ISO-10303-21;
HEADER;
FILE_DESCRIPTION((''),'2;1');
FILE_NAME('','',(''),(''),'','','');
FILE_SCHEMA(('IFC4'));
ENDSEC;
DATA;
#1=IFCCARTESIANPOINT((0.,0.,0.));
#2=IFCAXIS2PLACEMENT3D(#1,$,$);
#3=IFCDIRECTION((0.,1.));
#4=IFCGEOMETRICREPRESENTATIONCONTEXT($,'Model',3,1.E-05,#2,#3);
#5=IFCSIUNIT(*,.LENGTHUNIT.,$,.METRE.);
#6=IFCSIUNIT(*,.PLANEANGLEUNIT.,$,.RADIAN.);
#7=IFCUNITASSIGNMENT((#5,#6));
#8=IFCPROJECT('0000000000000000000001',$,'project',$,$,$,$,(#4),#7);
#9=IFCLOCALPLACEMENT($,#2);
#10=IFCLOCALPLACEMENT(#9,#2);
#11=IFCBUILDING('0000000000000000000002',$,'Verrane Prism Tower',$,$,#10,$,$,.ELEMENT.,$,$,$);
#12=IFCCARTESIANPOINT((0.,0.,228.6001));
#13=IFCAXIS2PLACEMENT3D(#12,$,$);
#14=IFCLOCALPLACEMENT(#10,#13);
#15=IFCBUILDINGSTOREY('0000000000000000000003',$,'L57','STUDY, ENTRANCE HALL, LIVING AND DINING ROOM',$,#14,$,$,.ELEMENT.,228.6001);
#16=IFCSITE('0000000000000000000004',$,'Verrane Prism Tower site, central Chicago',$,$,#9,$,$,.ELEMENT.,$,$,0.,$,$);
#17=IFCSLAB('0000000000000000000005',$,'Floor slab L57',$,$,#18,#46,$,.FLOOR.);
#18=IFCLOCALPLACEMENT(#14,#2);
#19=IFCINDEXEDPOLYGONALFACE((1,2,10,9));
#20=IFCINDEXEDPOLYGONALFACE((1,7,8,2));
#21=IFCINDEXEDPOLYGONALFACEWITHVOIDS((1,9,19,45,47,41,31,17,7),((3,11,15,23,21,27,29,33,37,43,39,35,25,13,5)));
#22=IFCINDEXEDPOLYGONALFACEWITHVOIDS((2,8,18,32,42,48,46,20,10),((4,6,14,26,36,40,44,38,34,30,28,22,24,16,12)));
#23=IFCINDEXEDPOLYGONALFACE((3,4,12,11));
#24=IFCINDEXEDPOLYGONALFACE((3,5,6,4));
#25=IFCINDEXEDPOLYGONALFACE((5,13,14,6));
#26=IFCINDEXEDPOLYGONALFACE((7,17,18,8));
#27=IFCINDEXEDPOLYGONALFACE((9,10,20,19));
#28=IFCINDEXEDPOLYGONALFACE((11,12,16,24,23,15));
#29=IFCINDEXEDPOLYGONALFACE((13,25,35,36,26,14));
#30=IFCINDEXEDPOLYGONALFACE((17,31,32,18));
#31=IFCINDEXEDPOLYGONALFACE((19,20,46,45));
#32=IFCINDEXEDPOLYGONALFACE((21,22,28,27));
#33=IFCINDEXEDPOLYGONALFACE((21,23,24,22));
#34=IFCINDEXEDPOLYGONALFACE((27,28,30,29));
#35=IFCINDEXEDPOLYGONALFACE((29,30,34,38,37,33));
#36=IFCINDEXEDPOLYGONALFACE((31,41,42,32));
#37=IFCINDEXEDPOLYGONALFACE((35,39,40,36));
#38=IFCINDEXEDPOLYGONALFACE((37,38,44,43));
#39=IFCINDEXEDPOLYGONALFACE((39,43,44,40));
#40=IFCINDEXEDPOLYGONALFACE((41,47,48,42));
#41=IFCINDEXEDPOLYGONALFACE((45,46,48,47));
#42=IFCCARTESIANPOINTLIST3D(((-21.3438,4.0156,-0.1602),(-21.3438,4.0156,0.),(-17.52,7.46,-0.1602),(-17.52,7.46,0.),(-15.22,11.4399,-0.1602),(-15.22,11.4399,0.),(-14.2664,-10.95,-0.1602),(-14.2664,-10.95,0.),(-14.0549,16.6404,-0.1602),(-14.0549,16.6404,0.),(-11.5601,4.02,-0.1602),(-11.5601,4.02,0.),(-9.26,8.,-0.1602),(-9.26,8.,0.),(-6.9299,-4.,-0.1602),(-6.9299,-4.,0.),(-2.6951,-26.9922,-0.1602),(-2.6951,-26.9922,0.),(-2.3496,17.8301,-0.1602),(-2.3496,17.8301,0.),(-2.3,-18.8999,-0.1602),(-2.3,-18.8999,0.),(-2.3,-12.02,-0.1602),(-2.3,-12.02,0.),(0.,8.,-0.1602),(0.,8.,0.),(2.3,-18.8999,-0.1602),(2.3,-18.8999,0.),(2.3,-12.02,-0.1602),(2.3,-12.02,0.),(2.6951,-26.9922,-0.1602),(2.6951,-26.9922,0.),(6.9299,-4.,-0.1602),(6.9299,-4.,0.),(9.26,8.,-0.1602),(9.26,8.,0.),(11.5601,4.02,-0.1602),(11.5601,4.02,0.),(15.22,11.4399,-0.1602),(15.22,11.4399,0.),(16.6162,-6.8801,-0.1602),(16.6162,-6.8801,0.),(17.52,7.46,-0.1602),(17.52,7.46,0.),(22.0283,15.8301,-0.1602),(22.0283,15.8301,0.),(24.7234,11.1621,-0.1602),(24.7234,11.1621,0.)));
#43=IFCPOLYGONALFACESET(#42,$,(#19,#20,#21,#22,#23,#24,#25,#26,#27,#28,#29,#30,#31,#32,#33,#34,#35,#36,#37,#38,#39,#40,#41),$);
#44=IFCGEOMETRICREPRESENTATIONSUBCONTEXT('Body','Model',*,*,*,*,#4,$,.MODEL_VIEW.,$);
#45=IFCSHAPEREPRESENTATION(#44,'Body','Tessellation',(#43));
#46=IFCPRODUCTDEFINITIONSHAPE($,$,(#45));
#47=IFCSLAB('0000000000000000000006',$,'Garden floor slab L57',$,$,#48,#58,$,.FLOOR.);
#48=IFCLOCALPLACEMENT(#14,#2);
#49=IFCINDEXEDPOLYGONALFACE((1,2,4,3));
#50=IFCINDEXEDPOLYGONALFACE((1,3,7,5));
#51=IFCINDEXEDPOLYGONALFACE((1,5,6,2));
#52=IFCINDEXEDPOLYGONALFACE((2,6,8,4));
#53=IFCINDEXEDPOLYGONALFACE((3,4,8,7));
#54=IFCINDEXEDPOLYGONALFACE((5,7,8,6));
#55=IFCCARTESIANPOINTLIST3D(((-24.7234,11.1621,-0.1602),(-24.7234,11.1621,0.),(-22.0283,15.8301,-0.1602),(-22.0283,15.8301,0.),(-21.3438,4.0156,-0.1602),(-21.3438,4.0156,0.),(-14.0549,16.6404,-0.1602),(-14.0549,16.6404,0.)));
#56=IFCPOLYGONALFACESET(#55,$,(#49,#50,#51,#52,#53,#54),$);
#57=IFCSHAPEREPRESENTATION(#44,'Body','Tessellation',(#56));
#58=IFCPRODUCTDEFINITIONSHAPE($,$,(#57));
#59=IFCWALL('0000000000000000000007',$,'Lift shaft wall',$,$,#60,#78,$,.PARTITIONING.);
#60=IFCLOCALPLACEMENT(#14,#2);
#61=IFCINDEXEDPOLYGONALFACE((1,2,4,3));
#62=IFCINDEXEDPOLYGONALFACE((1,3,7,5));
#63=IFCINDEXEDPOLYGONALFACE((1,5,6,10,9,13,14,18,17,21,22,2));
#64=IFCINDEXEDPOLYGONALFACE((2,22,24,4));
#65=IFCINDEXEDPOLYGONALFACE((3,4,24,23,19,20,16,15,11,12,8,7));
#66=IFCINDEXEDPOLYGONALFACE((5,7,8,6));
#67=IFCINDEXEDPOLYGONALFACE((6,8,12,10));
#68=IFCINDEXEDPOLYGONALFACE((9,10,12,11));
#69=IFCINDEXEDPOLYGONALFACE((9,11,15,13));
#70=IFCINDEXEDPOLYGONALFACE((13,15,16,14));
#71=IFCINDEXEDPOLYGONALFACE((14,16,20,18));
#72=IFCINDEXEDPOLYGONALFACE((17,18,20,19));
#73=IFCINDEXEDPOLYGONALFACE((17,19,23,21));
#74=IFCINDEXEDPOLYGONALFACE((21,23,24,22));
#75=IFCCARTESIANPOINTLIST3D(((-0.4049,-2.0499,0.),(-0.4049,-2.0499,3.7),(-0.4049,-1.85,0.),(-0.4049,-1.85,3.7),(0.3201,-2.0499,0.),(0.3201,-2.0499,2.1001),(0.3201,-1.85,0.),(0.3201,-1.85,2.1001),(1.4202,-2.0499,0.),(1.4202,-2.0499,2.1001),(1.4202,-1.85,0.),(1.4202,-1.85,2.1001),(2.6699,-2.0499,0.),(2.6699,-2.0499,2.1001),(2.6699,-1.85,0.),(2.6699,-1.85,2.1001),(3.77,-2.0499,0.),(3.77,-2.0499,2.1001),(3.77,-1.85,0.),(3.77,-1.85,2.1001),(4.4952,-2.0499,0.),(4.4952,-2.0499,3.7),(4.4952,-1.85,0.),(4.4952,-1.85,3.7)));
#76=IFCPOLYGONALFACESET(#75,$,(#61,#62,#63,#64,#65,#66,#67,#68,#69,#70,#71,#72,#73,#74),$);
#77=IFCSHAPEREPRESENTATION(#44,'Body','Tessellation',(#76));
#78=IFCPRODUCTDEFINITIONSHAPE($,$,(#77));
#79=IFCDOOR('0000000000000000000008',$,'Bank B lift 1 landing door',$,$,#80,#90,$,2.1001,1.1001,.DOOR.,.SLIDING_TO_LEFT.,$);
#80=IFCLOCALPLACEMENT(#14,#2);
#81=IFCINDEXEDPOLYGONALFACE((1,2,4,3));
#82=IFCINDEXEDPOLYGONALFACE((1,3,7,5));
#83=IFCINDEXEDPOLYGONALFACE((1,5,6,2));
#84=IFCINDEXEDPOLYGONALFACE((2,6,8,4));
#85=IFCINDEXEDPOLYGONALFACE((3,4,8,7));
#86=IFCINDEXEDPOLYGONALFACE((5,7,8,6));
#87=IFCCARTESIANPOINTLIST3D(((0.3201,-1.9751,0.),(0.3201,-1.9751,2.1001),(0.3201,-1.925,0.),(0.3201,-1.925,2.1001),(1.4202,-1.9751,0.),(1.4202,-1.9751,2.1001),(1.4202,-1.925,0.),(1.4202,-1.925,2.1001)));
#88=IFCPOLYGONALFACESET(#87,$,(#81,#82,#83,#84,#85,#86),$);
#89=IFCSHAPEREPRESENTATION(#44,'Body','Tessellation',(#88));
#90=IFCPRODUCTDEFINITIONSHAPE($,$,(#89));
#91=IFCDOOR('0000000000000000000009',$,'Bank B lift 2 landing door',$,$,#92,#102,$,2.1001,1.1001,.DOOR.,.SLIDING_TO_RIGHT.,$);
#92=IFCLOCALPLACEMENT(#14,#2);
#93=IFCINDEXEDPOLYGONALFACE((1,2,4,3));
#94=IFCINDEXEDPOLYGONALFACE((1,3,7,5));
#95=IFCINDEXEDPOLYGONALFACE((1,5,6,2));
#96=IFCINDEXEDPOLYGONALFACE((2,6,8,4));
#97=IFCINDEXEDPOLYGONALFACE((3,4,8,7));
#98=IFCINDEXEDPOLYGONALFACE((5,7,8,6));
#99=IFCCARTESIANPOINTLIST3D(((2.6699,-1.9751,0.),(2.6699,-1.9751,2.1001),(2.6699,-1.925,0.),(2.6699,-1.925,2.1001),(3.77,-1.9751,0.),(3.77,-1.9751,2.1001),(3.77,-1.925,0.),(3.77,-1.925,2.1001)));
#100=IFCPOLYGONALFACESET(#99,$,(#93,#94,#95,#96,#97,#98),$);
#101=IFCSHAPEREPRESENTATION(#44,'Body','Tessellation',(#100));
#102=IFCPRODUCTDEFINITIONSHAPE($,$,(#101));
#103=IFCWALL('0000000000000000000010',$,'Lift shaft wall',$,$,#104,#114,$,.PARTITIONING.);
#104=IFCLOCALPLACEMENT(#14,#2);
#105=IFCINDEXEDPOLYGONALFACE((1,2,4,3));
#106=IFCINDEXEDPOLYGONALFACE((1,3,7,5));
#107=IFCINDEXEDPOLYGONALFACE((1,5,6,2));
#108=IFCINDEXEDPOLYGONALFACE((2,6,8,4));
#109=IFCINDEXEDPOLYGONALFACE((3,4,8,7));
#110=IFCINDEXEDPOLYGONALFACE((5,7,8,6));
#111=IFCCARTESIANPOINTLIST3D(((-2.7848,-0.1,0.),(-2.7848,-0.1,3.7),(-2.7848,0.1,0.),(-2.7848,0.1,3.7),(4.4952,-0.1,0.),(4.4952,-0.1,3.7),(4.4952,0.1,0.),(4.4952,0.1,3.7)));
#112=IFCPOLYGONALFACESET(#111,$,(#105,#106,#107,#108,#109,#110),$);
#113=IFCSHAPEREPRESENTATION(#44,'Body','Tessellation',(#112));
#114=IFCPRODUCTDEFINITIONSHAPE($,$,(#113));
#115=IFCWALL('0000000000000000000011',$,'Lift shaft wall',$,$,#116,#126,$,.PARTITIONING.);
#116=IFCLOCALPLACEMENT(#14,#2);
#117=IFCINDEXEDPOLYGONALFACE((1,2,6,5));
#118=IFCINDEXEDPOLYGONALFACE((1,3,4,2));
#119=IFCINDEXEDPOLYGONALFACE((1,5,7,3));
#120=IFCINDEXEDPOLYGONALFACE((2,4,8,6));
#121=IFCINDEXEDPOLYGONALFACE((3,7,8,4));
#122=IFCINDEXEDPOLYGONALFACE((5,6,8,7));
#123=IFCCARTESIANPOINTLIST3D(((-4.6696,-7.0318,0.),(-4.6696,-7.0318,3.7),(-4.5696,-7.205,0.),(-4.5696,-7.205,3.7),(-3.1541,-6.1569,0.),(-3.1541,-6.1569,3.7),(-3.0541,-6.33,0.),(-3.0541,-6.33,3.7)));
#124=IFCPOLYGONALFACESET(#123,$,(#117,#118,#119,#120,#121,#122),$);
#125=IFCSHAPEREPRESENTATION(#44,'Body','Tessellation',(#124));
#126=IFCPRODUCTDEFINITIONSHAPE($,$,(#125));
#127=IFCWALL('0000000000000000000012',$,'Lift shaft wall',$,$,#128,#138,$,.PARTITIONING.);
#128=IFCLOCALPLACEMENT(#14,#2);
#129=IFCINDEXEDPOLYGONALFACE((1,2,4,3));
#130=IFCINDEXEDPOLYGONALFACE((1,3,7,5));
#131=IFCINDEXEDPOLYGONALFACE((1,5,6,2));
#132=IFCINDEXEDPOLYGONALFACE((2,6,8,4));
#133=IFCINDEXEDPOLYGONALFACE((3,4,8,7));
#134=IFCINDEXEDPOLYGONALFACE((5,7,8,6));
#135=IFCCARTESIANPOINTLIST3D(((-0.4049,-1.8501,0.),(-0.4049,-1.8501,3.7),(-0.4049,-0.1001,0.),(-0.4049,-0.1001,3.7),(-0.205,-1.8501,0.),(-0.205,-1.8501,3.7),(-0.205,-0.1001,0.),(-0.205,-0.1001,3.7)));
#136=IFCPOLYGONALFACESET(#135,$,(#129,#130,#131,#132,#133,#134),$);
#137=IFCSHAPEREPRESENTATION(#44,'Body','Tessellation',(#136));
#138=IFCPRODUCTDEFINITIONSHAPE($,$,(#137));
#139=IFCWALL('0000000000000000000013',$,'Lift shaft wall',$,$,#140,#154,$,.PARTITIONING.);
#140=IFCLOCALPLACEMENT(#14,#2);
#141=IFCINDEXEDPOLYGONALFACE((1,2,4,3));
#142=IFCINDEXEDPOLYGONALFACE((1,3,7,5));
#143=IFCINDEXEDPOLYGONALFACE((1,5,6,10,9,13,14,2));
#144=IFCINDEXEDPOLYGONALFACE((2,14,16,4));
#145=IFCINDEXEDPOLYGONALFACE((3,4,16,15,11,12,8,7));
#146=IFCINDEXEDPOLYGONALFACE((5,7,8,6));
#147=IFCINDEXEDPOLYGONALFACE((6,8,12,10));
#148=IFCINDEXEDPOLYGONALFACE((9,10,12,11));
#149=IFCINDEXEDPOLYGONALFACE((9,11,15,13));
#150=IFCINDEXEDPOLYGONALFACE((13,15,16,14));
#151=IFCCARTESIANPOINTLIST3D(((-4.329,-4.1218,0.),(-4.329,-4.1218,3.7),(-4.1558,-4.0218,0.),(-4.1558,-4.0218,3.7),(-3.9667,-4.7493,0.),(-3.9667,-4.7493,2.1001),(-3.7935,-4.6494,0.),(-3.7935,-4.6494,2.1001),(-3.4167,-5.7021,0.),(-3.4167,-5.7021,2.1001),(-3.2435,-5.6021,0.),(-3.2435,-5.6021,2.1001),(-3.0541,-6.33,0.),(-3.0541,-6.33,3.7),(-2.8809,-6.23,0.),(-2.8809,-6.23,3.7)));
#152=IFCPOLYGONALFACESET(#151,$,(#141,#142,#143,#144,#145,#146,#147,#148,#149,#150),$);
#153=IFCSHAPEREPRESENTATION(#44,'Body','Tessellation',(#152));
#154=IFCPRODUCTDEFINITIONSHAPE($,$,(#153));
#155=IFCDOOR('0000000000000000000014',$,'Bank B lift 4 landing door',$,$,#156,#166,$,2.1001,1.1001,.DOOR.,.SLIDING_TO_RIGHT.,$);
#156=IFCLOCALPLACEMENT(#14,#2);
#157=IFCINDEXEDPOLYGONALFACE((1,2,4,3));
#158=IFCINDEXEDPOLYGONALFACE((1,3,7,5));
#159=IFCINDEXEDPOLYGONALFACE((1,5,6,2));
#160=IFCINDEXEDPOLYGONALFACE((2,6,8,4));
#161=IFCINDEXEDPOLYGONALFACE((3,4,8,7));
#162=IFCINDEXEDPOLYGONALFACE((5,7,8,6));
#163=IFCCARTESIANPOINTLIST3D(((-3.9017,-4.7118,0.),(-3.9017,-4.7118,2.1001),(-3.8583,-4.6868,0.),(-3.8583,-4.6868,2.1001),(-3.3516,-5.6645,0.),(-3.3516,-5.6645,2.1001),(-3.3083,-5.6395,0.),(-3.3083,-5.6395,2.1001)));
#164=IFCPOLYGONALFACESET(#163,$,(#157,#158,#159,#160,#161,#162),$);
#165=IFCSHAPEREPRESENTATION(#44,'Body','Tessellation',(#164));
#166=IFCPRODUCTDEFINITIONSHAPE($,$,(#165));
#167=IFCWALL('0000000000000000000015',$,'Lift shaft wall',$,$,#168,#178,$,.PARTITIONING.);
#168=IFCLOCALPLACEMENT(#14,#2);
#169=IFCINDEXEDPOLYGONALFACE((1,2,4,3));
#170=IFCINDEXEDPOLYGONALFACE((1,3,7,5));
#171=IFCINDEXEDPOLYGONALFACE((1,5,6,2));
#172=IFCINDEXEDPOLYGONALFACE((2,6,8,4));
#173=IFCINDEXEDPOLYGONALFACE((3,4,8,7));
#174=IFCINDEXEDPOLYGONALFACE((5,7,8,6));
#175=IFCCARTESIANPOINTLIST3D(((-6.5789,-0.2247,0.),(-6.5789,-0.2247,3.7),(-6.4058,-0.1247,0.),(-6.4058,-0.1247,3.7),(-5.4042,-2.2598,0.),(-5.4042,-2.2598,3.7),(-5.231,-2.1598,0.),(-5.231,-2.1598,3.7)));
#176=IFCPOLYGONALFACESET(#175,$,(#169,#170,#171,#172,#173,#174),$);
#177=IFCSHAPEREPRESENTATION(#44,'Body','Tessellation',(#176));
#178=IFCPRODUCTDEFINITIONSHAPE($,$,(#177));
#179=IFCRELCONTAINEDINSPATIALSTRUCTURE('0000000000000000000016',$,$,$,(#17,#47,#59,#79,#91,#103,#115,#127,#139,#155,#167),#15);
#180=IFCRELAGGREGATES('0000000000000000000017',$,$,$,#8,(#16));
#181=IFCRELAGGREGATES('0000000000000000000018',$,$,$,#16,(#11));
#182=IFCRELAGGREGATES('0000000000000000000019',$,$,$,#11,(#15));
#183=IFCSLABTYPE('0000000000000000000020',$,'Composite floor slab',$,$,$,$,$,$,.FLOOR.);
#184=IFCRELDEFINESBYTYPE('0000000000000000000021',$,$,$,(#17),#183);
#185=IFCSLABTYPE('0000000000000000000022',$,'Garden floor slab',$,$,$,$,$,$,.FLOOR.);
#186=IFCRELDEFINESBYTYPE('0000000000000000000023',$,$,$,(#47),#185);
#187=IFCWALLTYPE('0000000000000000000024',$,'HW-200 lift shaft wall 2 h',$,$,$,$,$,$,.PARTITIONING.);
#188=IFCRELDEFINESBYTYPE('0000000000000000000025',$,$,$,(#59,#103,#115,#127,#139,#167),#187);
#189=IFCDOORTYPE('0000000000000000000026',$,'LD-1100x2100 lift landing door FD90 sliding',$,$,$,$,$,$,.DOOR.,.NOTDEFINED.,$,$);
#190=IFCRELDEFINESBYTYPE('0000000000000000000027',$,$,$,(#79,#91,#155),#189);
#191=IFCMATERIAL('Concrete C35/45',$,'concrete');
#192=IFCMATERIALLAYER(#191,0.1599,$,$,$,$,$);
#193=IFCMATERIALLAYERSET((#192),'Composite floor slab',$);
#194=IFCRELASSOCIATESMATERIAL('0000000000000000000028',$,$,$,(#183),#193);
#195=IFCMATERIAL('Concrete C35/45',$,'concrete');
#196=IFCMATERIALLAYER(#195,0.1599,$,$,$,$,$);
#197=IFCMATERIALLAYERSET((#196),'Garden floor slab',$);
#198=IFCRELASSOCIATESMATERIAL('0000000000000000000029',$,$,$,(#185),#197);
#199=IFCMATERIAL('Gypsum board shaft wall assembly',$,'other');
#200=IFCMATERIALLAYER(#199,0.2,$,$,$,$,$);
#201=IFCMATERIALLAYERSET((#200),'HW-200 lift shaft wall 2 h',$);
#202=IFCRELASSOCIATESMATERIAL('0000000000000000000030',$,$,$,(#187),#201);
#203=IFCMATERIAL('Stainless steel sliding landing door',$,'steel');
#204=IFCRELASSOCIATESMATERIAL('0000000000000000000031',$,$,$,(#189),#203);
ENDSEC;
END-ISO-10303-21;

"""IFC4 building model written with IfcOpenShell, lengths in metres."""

from ifc_helpers import new_model, si_unit, direction, frame, frame_2d, origin, place, context, subcontext, project, spatial, polyline, rectangle, outline, extrude, material, layer, layer_set, type_object, element, fill, save


model = new_model("IFC4")

# Units and contexts
model_context = context("Model", 3, precision=1e-05, world=origin(), true_north=direction((0.0, 1.0)))
body_context = subcontext(model_context, "Body", "Model", "MODEL_VIEW")
ifc_project = project(units=[si_unit("LENGTHUNIT", "METRE"), si_unit("PLANEANGLEUNIT", "RADIAN")], contexts=[model_context])

# Site, building, storey
site_placement = place(None, origin())
site = spatial("IfcSite", under=ifc_project, at=site_placement, Name="Verrane Prism Tower site, central Chicago", CompositionType="ELEMENT", RefElevation=0.0)
building_placement = place(site_placement, origin())
building = spatial("IfcBuilding", under=site, at=building_placement, Name="Verrane Prism Tower", CompositionType="ELEMENT")
storey_placement = place(building_placement, frame((0.0, 0.0, 228.6001)))
storey = spatial("IfcBuildingStorey", under=building, at=storey_placement, Name="L57", Description="STUDY, ENTRANCE HALL, LIVING AND DINING ROOM", CompositionType="ELEMENT", Elevation=228.6001)

# Slabs
ifc_material_1 = material(Name="Concrete C35/45", Category="concrete")
ifc_layer_1 = layer(ifc_material_1, 0.1599)
ifc_layer_set_1 = layer_set([ifc_layer_1], Name="Composite floor slab")
slab_type_1 = type_object("IfcSlabType", Name="Composite floor slab", PredefinedType="FLOOR", material=ifc_layer_set_1)
slab_1_placement = place(storey_placement, frame((0.0, 0.0, -0.1602)))
element("IfcSlab", 1, at=slab_1_placement, inside=storey, type_object=slab_type_1, Name="Floor slab L57", PredefinedType="FLOOR", context=body_context, shape_type="SweptSolid", body=[
    extrude(outline(polyline([(-2.3496, 17.8301), (22.0283, 15.8301), (24.7234, 11.1621), (16.6162, -6.8801), (2.6951, -26.9922), (-2.6951, -26.9922), (-14.2664, -10.95), (-21.3438, 4.0156), (-14.0549, 16.6404), (-2.3496, 17.8301)]), holes=[polyline([(17.52, 7.46), (15.22, 11.4399), (9.26, 8.0), (0.0, 8.0), (-9.26, 8.0), (-15.22, 11.4399), (-17.52, 7.46), (-11.5601, 4.02), (-6.9299, -4.0), (-2.3, -12.02), (-2.3, -18.8999), (2.3, -18.8999), (2.3, -12.02), (6.9299, -4.0), (11.5601, 4.02), (17.52, 7.46)])]), origin(), (0.0, 0.0, 1.0), 0.1602),
])
ifc_material_2 = material(Name="Concrete C35/45", Category="concrete")
ifc_layer_2 = layer(ifc_material_2, 0.1599)
ifc_layer_set_2 = layer_set([ifc_layer_2], Name="Garden floor slab")
slab_type_2 = type_object("IfcSlabType", Name="Garden floor slab", PredefinedType="FLOOR", material=ifc_layer_set_2)
slab_2_placement = place(storey_placement, frame((0.0, 0.0, -0.1602)))
element("IfcSlab", 2, at=slab_2_placement, inside=storey, type_object=slab_type_2, Name="Garden floor slab L57", PredefinedType="FLOOR", context=body_context, shape_type="SweptSolid", body=[
    extrude(outline(polyline([(-21.3438, 4.0156), (-14.0549, 16.6404), (-22.0283, 15.8301), (-24.7234, 11.1621), (-21.3438, 4.0156)])), origin(), (0.0, 0.0, 1.0), 0.1602),
])

# Wall, openings, doors
ifc_material_3 = material(Name="Gypsum board shaft wall assembly", Category="other")
ifc_layer_3 = layer(ifc_material_3, 0.2)
ifc_layer_set_3 = layer_set([ifc_layer_3], Name="HW-200 lift shaft wall 2 h")
wall_type = type_object("IfcWallType", Name="HW-200 lift shaft wall 2 h", PredefinedType="PARTITIONING", material=ifc_layer_set_3)
wall_1_placement = place(storey_placement, frame((-0.405, -1.95, 0.0), z_axis=(0.0, 0.0, 1.0), x_axis=(1.0, 0.0, 0.0)))
wall_1 = element("IfcWall", 3, at=wall_1_placement, inside=storey, type_object=wall_type, Name="Lift shaft wall", PredefinedType="PARTITIONING", context=body_context, shape_type="SweptSolid", body=[
    extrude(rectangle(XDim=4.9001, YDim=0.2, at=frame_2d((2.4502, 0.0))), origin(), (0.0, 0.0, 1.0), 3.7),
])
opening_1_placement = place(wall_1_placement, frame((0.7251, 0.0, 0.0)))
opening_1 = element("IfcOpeningElement", 4, at=opening_1_placement, cuts=wall_1, PredefinedType="OPENING", context=body_context, shape_type="SweptSolid", body=[
    extrude(rectangle(XDim=1.1001, YDim=2.1001, at=frame_2d((0.55, 1.05))), frame((0.0, 0.1099, 0.0), z_axis=(0.0, -1.0, 0.0), x_axis=(1.0, 0.0, 0.0)), (0.0, 0.0, 1.0), 0.22),
])
opening_2_placement = place(wall_1_placement, frame((3.075, 0.0, 0.0)))
opening_2 = element("IfcOpeningElement", 5, at=opening_2_placement, cuts=wall_1, PredefinedType="OPENING", context=body_context, shape_type="SweptSolid", body=[
    extrude(rectangle(XDim=1.1001, YDim=2.1001, at=frame_2d((0.55, 1.05))), frame((0.0, 0.1099, 0.0), z_axis=(0.0, -1.0, 0.0), x_axis=(1.0, 0.0, 0.0)), (0.0, 0.0, 1.0), 0.22),
])
ifc_material_4 = material(Name="Stainless steel sliding landing door", Category="steel")
door_type = type_object("IfcDoorType", Name="LD-1100x2100 lift landing door FD90 sliding", OperationType="NOTDEFINED", PredefinedType="DOOR", material=ifc_material_4)
door_1_placement = place(opening_1_placement, origin())
door_1 = element("IfcDoor", 6, at=door_1_placement, inside=storey, type_object=door_type, Name="Bank B lift 1 landing door", OperationType="SLIDING_TO_LEFT", OverallHeight=2.1001, OverallWidth=1.1001, PredefinedType="DOOR", context=body_context, shape_type="SweptSolid", body=[
    extrude(rectangle(XDim=1.1001, YDim=2.1001, at=frame_2d((0.55, 1.05))), frame((0.0, 0.0249, 0.0), z_axis=(0.0, -1.0, 0.0), x_axis=(1.0, 0.0, 0.0)), (0.0, 0.0, 1.0), 0.05),
])
fill(opening_1, door_1)
door_2_placement = place(opening_2_placement, origin())
door_2 = element("IfcDoor", 7, at=door_2_placement, inside=storey, type_object=door_type, Name="Bank B lift 2 landing door", OperationType="SLIDING_TO_RIGHT", OverallHeight=2.1001, OverallWidth=1.1001, PredefinedType="DOOR", context=body_context, shape_type="SweptSolid", body=[
    extrude(rectangle(XDim=1.1001, YDim=2.1001, at=frame_2d((0.55, 1.05))), frame((0.0, 0.0249, 0.0), z_axis=(0.0, -1.0, 0.0), x_axis=(1.0, 0.0, 0.0)), (0.0, 0.0, 1.0), 0.05),
])
fill(opening_2, door_2)

# Walls
wall_2_placement = place(storey_placement, frame((-2.7849, 0.0, 0.0), z_axis=(0.0, 0.0, 1.0), x_axis=(1.0, 0.0, 0.0)))
element("IfcWall", 8, at=wall_2_placement, inside=storey, type_object=wall_type, Name="Lift shaft wall", PredefinedType="PARTITIONING", context=body_context, shape_type="SweptSolid", body=[
    extrude(rectangle(XDim=7.28, YDim=0.2, at=frame_2d((3.6401, 0.0))), origin(), (0.0, 0.0, 1.0), 3.7),
])
for number, where, z_axis, x_axis, name in (
    (9, (-4.6196, -7.1184, 0.0), (0.0, 0.0, 1.0), (0.866037, 0.49998, 0.0), "Lift shaft wall"),
    (10, (-0.3049, -1.8501, 0.0), (0.0, 0.0, 1.0), (0.0, 1.0, 0.0), "Lift shaft wall"),
):
    element("IfcWall", number, at=place(storey_placement, frame(where, z_axis=z_axis, x_axis=x_axis)), inside=storey, type_object=wall_type, Name=name, PredefinedType="PARTITIONING", context=body_context, shape_type="SweptSolid", body=[
        extrude(rectangle(XDim=1.75, YDim=0.2, at=frame_2d((0.875, 0.0))), origin(), (0.0, 0.0, 1.0), 3.7),
    ])

# Wall, opening, door
wall_3_placement = place(storey_placement, frame((-2.9675, -6.28, 0.0), z_axis=(0.0, 0.0, 1.0), x_axis=(-0.49999, 0.866031, 0.0)))
wall_3 = element("IfcWall", 11, at=wall_3_placement, inside=storey, type_object=wall_type, Name="Lift shaft wall", PredefinedType="PARTITIONING", context=body_context, shape_type="SweptSolid", body=[
    extrude(rectangle(XDim=2.5498, YDim=0.2, at=frame_2d((1.2749, 0.0))), origin(), (0.0, 0.0, 1.0), 3.7),
])
opening_3_placement = place(wall_3_placement, frame((0.7251, 0.0, 0.0)))
opening_3 = element("IfcOpeningElement", 12, at=opening_3_placement, cuts=wall_3, PredefinedType="OPENING", context=body_context, shape_type="SweptSolid", body=[
    extrude(rectangle(XDim=1.1001, YDim=2.1001, at=frame_2d((0.55, 1.05))), frame((0.0, 0.1099, 0.0), z_axis=(0.0, -1.0, 0.0), x_axis=(1.0, 0.0, 0.0)), (0.0, 0.0, 1.0), 0.22),
])
door_3_placement = place(opening_3_placement, origin())
door_3 = element("IfcDoor", 13, at=door_3_placement, inside=storey, type_object=door_type, Name="Bank B lift 4 landing door", OperationType="SLIDING_TO_RIGHT", OverallHeight=2.1001, OverallWidth=1.1001, PredefinedType="DOOR", context=body_context, shape_type="SweptSolid", body=[
    extrude(rectangle(XDim=1.1001, YDim=2.1001, at=frame_2d((0.55, 1.05))), frame((0.0, 0.0249, 0.0), z_axis=(0.0, -1.0, 0.0), x_axis=(1.0, 0.0, 0.0)), (0.0, 0.0, 1.0), 0.05),
])
fill(opening_3, door_3)

# Wall
wall_4_placement = place(storey_placement, frame((-5.3176, -2.2097, 0.0), z_axis=(0.0, 0.0, 1.0), x_axis=(-0.499938, 0.866061, 0.0)))
element("IfcWall", 14, at=wall_4_placement, inside=storey, type_object=wall_type, Name="Lift shaft wall", PredefinedType="PARTITIONING", context=body_context, shape_type="SweptSolid", body=[
    extrude(rectangle(XDim=2.3499, YDim=0.2, at=frame_2d((1.1748, 0.0))), origin(), (0.0, 0.0, 1.0), 3.7),
])

save(model, "model.ifc")
